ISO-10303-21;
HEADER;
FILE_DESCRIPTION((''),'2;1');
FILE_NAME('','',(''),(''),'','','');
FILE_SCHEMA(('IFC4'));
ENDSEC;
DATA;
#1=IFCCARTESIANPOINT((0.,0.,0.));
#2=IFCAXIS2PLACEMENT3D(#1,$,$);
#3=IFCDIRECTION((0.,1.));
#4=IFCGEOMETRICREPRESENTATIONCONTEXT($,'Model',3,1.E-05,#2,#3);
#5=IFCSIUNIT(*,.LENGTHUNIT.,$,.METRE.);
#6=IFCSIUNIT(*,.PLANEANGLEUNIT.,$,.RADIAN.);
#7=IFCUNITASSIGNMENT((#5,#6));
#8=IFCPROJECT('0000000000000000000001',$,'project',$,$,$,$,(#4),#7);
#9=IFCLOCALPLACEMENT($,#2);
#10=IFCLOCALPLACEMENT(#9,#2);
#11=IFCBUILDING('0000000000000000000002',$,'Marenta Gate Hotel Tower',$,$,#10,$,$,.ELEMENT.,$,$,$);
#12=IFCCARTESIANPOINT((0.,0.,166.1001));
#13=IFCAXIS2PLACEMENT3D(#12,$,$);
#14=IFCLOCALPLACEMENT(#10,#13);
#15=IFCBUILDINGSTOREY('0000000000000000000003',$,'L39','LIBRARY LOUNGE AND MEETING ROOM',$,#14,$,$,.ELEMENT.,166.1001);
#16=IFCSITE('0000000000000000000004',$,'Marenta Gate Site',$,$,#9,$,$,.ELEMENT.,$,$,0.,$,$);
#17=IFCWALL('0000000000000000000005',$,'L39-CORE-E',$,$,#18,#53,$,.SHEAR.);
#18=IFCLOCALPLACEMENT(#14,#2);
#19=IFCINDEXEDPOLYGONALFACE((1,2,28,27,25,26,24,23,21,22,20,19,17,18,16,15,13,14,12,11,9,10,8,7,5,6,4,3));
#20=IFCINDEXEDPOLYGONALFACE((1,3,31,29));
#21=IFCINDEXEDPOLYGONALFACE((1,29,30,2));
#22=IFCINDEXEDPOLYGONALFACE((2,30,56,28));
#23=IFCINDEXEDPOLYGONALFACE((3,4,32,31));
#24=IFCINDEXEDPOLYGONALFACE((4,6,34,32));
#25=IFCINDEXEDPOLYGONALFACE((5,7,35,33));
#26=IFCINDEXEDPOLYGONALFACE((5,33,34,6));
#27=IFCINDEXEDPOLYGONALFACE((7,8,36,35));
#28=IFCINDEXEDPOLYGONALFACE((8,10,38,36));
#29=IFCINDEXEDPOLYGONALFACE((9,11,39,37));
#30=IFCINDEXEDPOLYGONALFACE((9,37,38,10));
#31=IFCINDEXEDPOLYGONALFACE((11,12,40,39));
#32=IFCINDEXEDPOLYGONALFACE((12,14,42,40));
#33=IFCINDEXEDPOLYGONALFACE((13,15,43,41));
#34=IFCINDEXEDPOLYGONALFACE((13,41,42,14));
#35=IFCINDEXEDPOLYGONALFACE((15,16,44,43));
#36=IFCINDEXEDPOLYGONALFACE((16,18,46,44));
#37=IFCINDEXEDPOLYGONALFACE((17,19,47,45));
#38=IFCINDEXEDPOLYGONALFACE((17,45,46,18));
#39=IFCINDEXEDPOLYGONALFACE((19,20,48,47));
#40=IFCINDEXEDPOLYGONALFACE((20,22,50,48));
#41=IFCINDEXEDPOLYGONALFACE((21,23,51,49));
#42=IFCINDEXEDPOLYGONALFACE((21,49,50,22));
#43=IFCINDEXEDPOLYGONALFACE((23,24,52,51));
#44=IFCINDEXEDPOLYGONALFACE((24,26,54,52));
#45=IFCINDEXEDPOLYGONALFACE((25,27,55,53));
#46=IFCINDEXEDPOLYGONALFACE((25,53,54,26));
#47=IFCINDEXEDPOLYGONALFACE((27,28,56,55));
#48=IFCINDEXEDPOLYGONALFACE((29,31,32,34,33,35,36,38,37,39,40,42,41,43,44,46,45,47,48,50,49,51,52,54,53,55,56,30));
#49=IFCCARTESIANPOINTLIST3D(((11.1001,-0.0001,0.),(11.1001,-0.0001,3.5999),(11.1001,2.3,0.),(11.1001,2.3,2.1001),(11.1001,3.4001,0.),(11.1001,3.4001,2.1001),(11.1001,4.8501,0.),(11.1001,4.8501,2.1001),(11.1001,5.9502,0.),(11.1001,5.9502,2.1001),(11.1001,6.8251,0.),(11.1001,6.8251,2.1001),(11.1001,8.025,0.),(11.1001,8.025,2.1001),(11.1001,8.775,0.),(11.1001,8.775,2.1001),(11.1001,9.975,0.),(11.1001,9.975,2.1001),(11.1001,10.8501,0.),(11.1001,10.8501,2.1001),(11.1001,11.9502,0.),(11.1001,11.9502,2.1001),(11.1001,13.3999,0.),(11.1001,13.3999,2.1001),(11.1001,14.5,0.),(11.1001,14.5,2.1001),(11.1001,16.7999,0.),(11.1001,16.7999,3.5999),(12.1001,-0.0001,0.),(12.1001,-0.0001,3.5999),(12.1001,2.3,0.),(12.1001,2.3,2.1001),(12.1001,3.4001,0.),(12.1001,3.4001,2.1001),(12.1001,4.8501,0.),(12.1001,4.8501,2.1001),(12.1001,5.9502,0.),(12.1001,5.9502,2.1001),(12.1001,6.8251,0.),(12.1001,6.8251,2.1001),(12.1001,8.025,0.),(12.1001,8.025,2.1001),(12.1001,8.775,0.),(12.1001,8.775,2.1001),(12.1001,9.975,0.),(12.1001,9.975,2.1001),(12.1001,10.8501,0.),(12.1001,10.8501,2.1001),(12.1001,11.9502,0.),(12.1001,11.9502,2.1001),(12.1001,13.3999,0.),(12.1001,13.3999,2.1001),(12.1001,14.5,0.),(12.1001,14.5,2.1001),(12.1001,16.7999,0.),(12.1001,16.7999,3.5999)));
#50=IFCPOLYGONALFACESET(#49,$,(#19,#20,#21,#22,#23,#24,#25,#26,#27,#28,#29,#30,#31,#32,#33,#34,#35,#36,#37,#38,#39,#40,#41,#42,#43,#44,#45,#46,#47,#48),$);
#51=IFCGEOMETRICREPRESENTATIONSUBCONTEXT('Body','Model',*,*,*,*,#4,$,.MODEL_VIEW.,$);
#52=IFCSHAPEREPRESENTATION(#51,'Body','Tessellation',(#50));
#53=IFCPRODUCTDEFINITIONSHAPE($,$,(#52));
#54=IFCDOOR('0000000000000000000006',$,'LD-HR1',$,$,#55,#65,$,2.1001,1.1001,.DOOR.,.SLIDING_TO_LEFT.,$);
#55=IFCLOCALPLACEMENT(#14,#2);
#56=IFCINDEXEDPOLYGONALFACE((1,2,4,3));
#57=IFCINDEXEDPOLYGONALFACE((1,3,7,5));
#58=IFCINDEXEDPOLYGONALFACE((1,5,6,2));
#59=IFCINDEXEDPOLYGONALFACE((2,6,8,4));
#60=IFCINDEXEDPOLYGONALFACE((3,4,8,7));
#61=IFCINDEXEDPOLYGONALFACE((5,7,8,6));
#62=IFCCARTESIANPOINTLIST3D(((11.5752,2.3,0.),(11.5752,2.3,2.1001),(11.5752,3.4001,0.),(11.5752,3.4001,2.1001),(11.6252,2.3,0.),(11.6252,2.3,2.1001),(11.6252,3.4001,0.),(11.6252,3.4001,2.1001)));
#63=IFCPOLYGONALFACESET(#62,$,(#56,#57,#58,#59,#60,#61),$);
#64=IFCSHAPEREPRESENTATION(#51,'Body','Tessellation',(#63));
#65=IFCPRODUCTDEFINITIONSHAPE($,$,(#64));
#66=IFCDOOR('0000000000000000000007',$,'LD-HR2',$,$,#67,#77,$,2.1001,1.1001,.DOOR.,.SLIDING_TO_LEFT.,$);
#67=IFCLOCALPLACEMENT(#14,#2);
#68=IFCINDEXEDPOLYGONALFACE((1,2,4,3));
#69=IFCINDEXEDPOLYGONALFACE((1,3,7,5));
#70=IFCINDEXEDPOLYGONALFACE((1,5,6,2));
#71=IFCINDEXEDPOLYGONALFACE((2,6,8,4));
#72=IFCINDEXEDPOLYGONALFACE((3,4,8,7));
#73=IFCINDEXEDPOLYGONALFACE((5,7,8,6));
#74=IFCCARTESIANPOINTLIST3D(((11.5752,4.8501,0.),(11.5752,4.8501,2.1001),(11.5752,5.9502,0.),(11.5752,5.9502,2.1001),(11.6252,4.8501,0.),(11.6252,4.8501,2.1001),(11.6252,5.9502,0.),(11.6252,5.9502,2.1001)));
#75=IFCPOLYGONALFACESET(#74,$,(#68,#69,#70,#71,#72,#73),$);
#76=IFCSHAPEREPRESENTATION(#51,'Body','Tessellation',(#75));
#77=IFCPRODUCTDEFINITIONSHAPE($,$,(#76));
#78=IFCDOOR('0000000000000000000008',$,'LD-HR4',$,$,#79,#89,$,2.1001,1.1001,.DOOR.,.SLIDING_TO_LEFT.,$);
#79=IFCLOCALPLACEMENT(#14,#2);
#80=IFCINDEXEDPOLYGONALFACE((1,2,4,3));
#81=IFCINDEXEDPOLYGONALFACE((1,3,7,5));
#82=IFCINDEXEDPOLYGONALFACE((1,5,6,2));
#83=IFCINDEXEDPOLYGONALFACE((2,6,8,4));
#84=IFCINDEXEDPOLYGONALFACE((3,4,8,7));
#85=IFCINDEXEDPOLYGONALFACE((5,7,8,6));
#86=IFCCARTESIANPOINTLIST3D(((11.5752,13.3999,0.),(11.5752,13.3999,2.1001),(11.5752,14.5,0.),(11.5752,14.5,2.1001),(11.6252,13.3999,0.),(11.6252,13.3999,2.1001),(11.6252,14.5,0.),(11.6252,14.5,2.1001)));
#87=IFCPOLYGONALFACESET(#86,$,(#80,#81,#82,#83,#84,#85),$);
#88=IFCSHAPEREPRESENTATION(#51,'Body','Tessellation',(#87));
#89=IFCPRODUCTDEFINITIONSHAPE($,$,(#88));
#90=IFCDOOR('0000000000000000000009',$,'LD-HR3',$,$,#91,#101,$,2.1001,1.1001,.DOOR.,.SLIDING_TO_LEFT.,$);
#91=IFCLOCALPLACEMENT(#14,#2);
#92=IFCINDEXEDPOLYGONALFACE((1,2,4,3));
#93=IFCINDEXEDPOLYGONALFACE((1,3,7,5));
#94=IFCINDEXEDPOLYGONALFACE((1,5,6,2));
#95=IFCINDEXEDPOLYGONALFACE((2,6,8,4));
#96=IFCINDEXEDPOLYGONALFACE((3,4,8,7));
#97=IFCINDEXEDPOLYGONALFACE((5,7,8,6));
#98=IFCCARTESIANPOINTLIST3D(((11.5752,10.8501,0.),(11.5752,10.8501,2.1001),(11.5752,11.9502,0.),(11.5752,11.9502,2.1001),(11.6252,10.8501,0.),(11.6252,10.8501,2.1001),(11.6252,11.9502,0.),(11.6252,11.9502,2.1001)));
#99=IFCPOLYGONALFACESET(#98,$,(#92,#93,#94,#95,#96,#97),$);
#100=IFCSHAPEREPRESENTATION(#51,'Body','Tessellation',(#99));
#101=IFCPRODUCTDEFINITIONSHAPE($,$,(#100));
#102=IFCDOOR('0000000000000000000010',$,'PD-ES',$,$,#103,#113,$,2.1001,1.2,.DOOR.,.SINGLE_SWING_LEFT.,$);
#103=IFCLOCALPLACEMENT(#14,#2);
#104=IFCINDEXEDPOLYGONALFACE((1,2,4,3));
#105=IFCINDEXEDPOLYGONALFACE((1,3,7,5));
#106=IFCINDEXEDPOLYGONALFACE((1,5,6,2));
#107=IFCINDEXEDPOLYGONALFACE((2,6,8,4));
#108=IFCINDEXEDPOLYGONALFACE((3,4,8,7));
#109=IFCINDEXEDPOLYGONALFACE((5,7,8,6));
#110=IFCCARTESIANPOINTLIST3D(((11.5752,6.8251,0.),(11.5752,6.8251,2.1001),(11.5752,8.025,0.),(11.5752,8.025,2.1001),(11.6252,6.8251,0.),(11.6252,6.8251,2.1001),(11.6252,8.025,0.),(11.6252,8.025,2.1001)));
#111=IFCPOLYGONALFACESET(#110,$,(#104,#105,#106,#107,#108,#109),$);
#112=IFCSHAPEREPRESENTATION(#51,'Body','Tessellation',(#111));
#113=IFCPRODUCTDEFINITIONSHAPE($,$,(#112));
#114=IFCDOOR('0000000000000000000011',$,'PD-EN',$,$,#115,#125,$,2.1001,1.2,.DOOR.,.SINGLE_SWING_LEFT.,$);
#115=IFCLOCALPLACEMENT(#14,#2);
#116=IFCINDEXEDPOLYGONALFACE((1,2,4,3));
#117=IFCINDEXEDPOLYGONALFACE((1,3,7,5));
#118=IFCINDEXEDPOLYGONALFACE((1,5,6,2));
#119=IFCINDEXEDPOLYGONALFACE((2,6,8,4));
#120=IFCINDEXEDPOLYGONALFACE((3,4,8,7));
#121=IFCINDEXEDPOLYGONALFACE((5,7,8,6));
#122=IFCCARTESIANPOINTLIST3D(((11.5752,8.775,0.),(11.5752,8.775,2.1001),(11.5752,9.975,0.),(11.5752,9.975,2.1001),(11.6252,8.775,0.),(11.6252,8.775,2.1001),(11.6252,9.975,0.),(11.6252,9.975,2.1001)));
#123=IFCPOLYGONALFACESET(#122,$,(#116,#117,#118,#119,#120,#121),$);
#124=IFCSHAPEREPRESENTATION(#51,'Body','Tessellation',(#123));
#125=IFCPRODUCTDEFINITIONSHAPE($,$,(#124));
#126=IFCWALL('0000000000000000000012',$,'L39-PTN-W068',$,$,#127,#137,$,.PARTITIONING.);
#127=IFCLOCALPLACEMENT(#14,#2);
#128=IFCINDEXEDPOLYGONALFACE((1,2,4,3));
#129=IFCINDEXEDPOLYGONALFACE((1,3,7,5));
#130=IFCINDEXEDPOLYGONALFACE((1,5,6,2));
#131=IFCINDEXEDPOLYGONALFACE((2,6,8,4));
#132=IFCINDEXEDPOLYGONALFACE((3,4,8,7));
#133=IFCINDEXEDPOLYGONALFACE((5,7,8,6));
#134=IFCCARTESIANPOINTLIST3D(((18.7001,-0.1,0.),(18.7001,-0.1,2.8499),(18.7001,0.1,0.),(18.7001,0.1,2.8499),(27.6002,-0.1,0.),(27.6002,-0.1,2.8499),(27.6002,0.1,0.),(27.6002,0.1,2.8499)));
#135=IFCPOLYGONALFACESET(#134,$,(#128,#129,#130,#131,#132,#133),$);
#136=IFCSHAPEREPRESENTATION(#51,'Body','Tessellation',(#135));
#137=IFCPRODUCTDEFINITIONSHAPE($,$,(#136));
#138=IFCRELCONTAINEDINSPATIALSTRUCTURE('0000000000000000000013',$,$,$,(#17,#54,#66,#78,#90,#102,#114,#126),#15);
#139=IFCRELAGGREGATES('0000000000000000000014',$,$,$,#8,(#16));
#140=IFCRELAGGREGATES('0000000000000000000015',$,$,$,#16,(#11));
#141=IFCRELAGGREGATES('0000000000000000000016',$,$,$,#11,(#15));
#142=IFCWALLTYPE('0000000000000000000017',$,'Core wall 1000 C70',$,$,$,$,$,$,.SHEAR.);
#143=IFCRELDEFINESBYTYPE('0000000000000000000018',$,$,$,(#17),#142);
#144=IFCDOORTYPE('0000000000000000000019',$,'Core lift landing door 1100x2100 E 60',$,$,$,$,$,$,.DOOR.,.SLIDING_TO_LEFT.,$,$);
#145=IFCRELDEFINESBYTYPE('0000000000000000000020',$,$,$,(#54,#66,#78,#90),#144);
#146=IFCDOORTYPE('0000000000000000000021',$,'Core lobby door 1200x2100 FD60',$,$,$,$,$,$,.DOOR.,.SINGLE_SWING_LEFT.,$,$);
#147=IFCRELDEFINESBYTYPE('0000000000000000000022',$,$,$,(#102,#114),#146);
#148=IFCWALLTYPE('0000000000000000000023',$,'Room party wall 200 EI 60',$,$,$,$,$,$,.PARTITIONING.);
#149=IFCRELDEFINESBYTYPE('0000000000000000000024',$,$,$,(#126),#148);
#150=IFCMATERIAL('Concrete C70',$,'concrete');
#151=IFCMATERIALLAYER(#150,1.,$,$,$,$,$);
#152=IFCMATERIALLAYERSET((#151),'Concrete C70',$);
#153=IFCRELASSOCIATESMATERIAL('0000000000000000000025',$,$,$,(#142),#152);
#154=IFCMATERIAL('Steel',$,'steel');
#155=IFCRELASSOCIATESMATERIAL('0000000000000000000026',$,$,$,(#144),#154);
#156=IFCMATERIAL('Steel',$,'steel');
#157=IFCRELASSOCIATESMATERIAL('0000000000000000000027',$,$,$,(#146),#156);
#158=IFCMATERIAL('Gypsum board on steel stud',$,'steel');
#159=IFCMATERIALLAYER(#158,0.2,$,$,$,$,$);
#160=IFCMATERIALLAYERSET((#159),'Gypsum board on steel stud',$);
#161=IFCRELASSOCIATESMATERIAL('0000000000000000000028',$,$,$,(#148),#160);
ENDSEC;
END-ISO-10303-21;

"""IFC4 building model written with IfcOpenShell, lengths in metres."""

from ifc_helpers import new_model, si_unit, direction, frame, frame_2d, origin, place, context, subcontext, project, spatial, rectangle, extrude, material, layer, layer_set, type_object, element, fill, save


model = new_model("IFC4")

# Units and contexts
model_context = context("Model", 3, precision=1e-05, world=origin(), true_north=direction((0.0, 1.0)))
body_context = subcontext(model_context, "Body", "Model", "MODEL_VIEW")
ifc_project = project(units=[si_unit("LENGTHUNIT", "METRE"), si_unit("PLANEANGLEUNIT", "RADIAN")], contexts=[model_context])

# Site, building, storey
site_placement = place(None, origin())
site = spatial("IfcSite", under=ifc_project, at=site_placement, Name="Marenta Gate Site", CompositionType="ELEMENT", RefElevation=0.0)
building_placement = place(site_placement, origin())
building = spatial("IfcBuilding", under=site, at=building_placement, Name="Marenta Gate Hotel Tower", CompositionType="ELEMENT")
storey_placement = place(building_placement, frame((0.0, 0.0, 166.1001)))
storey = spatial("IfcBuildingStorey", under=building, at=storey_placement, Name="L39", Description="LIBRARY LOUNGE AND MEETING ROOM", CompositionType="ELEMENT", Elevation=166.1001)

# Wall, openings, doors
ifc_material_1 = material(Name="Concrete C70", Category="concrete")
ifc_layer_1 = layer(ifc_material_1, 1.0)
ifc_layer_set_1 = layer_set([ifc_layer_1], Name="Concrete C70")
wall_type_1 = type_object("IfcWallType", Name="Core wall 1000 C70", PredefinedType="SHEAR", material=ifc_layer_set_1)
wall_1_placement = place(storey_placement, frame((11.6001, 0.0, 0.0), z_axis=(0.0, 0.0, 1.0), x_axis=(0.0, 1.0, 0.0)))
wall_1 = element("IfcWall", 1, at=wall_1_placement, inside=storey, type_object=wall_type_1, Name="L39-CORE-E", PredefinedType="SHEAR", context=body_context, shape_type="SweptSolid", body=[
    extrude(rectangle(XDim=16.8, YDim=1.0, at=frame_2d((8.3999, 0.0))), origin(), (0.0, 0.0, 1.0), 3.5999),
])
opening_1_placement = place(wall_1_placement, frame((2.3, 0.0, 0.0)))
opening_1 = element("IfcOpeningElement", 2, at=opening_1_placement, cuts=wall_1, PredefinedType="OPENING", context=body_context, shape_type="SweptSolid", body=[
    extrude(rectangle(XDim=1.1001, YDim=2.1001, at=frame_2d((0.55, 1.05))), frame((0.0, 0.5, 0.0), z_axis=(0.0, -1.0, 0.0), x_axis=(1.0, 0.0, 0.0)), (0.0, 0.0, 1.0), 1.0),
])
opening_2_placement = place(wall_1_placement, frame((4.8501, 0.0, 0.0)))
opening_2 = element("IfcOpeningElement", 3, at=opening_2_placement, cuts=wall_1, PredefinedType="OPENING", context=body_context, shape_type="SweptSolid", body=[
    extrude(rectangle(XDim=1.1001, YDim=2.1001, at=frame_2d((0.55, 1.05))), frame((0.0, 0.5, 0.0), z_axis=(0.0, -1.0, 0.0), x_axis=(1.0, 0.0, 0.0)), (0.0, 0.0, 1.0), 1.0),
])
opening_3_placement = place(wall_1_placement, frame((6.825, 0.0, 0.0)))
opening_3 = element("IfcOpeningElement", 4, at=opening_3_placement, cuts=wall_1, PredefinedType="OPENING", context=body_context, shape_type="SweptSolid", body=[
    extrude(rectangle(XDim=1.2, YDim=2.1001, at=frame_2d((0.6001, 1.05))), frame((0.0, 0.5, 0.0), z_axis=(0.0, -1.0, 0.0), x_axis=(1.0, 0.0, 0.0)), (0.0, 0.0, 1.0), 1.0),
])
opening_4_placement = place(wall_1_placement, frame((13.3999, 0.0, 0.0)))
opening_4 = element("IfcOpeningElement", 5, at=opening_4_placement, cuts=wall_1, PredefinedType="OPENING", context=body_context, shape_type="SweptSolid", body=[
    extrude(rectangle(XDim=1.1001, YDim=2.1001, at=frame_2d((0.55, 1.05))), frame((0.0, 0.5, 0.0), z_axis=(0.0, -1.0, 0.0), x_axis=(1.0, 0.0, 0.0)), (0.0, 0.0, 1.0), 1.0),
])
opening_5_placement = place(wall_1_placement, frame((10.8501, 0.0, 0.0)))
opening_5 = element("IfcOpeningElement", 6, at=opening_5_placement, cuts=wall_1, PredefinedType="OPENING", context=body_context, shape_type="SweptSolid", body=[
    extrude(rectangle(XDim=1.1001, YDim=2.1001, at=frame_2d((0.55, 1.05))), frame((0.0, 0.5, 0.0), z_axis=(0.0, -1.0, 0.0), x_axis=(1.0, 0.0, 0.0)), (0.0, 0.0, 1.0), 1.0),
])
opening_6_placement = place(wall_1_placement, frame((8.7749, 0.0, 0.0)))
opening_6 = element("IfcOpeningElement", 7, at=opening_6_placement, cuts=wall_1, PredefinedType="OPENING", context=body_context, shape_type="SweptSolid", body=[
    extrude(rectangle(XDim=1.2, YDim=2.1001, at=frame_2d((0.6001, 1.05))), frame((0.0, 0.5, 0.0), z_axis=(0.0, -1.0, 0.0), x_axis=(1.0, 0.0, 0.0)), (0.0, 0.0, 1.0), 1.0),
])
ifc_material_2 = material(Name="Steel", Category="steel")
door_type_1 = type_object("IfcDoorType", Name="Core lift landing door 1100x2100 E 60", OperationType="SLIDING_TO_LEFT", PredefinedType="DOOR", material=ifc_material_2)
door_1_placement = place(opening_1_placement, origin())
door_1 = element("IfcDoor", 8, at=door_1_placement, inside=storey, type_object=door_type_1, Name="LD-HR1", OperationType="SLIDING_TO_LEFT", OverallHeight=2.1001, OverallWidth=1.1001, PredefinedType="DOOR", context=body_context, shape_type="SweptSolid", body=[
    extrude(rectangle(XDim=1.1001, YDim=2.1001, at=frame_2d((0.55, 1.05))), frame((0.0, 0.0249, 0.0), z_axis=(0.0, -1.0, 0.0), x_axis=(1.0, 0.0, 0.0)), (0.0, 0.0, 1.0), 0.05),
])
fill(opening_1, door_1)
door_2_placement = place(opening_2_placement, origin())
door_2 = element("IfcDoor", 9, at=door_2_placement, inside=storey, type_object=door_type_1, Name="LD-HR2", OperationType="SLIDING_TO_LEFT", OverallHeight=2.1001, OverallWidth=1.1001, PredefinedType="DOOR", context=body_context, shape_type="SweptSolid", body=[
    extrude(rectangle(XDim=1.1001, YDim=2.1001, at=frame_2d((0.55, 1.05))), frame((0.0, 0.0249, 0.0), z_axis=(0.0, -1.0, 0.0), x_axis=(1.0, 0.0, 0.0)), (0.0, 0.0, 1.0), 0.05),
])
fill(opening_2, door_2)
door_3_placement = place(opening_4_placement, origin())
door_3 = element("IfcDoor", 10, at=door_3_placement, inside=storey, type_object=door_type_1, Name="LD-HR4", OperationType="SLIDING_TO_LEFT", OverallHeight=2.1001, OverallWidth=1.1001, PredefinedType="DOOR", context=body_context, shape_type="SweptSolid", body=[
    extrude(rectangle(XDim=1.1001, YDim=2.1001, at=frame_2d((0.55, 1.05))), frame((0.0, 0.0249, 0.0), z_axis=(0.0, -1.0, 0.0), x_axis=(1.0, 0.0, 0.0)), (0.0, 0.0, 1.0), 0.05),
])
fill(opening_4, door_3)
door_4_placement = place(opening_5_placement, origin())
door_4 = element("IfcDoor", 11, at=door_4_placement, inside=storey, type_object=door_type_1, Name="LD-HR3", OperationType="SLIDING_TO_LEFT", OverallHeight=2.1001, OverallWidth=1.1001, PredefinedType="DOOR", context=body_context, shape_type="SweptSolid", body=[
    extrude(rectangle(XDim=1.1001, YDim=2.1001, at=frame_2d((0.55, 1.05))), frame((0.0, 0.0249, 0.0), z_axis=(0.0, -1.0, 0.0), x_axis=(1.0, 0.0, 0.0)), (0.0, 0.0, 1.0), 0.05),
])
fill(opening_5, door_4)
ifc_material_3 = material(Name="Steel", Category="steel")
door_type_2 = type_object("IfcDoorType", Name="Core lobby door 1200x2100 FD60", OperationType="SINGLE_SWING_LEFT", PredefinedType="DOOR", material=ifc_material_3)
door_5_placement = place(opening_3_placement, origin())
door_5 = element("IfcDoor", 12, at=door_5_placement, inside=storey, type_object=door_type_2, Name="PD-ES", OperationType="SINGLE_SWING_LEFT", OverallHeight=2.1001, OverallWidth=1.2, PredefinedType="DOOR", context=body_context, shape_type="SweptSolid", body=[
    extrude(rectangle(XDim=1.2, YDim=2.1001, at=frame_2d((0.6001, 1.05))), frame((0.0, 0.0249, 0.0), z_axis=(0.0, -1.0, 0.0), x_axis=(1.0, 0.0, 0.0)), (0.0, 0.0, 1.0), 0.05),
])
fill(opening_3, door_5)
door_6_placement = place(opening_6_placement, origin())
door_6 = element("IfcDoor", 13, at=door_6_placement, inside=storey, type_object=door_type_2, Name="PD-EN", OperationType="SINGLE_SWING_LEFT", OverallHeight=2.1001, OverallWidth=1.2, PredefinedType="DOOR", context=body_context, shape_type="SweptSolid", body=[
    extrude(rectangle(XDim=1.2, YDim=2.1001, at=frame_2d((0.6001, 1.05))), frame((0.0, 0.0249, 0.0), z_axis=(0.0, -1.0, 0.0), x_axis=(1.0, 0.0, 0.0)), (0.0, 0.0, 1.0), 0.05),
])
fill(opening_6, door_6)

# Wall
ifc_material_4 = material(Name="Gypsum board on steel stud", Category="steel")
ifc_layer_2 = layer(ifc_material_4, 0.2)
ifc_layer_set_2 = layer_set([ifc_layer_2], Name="Gypsum board on steel stud")
wall_type_2 = type_object("IfcWallType", Name="Room party wall 200 EI 60", PredefinedType="PARTITIONING", material=ifc_layer_set_2)
wall_2_placement = place(storey_placement, frame((18.7, 0.0, 0.0), z_axis=(0.0, 0.0, 1.0), x_axis=(1.0, 0.0, 0.0)))
element("IfcWall", 14, at=wall_2_placement, inside=storey, type_object=wall_type_2, Name="L39-PTN-W068", PredefinedType="PARTITIONING", context=body_context, shape_type="SweptSolid", body=[
    extrude(rectangle(XDim=8.9001, YDim=0.2, at=frame_2d((4.4502, 0.0))), origin(), (0.0, 0.0, 1.0), 2.8499),
])

save(model, "model.ifc")
